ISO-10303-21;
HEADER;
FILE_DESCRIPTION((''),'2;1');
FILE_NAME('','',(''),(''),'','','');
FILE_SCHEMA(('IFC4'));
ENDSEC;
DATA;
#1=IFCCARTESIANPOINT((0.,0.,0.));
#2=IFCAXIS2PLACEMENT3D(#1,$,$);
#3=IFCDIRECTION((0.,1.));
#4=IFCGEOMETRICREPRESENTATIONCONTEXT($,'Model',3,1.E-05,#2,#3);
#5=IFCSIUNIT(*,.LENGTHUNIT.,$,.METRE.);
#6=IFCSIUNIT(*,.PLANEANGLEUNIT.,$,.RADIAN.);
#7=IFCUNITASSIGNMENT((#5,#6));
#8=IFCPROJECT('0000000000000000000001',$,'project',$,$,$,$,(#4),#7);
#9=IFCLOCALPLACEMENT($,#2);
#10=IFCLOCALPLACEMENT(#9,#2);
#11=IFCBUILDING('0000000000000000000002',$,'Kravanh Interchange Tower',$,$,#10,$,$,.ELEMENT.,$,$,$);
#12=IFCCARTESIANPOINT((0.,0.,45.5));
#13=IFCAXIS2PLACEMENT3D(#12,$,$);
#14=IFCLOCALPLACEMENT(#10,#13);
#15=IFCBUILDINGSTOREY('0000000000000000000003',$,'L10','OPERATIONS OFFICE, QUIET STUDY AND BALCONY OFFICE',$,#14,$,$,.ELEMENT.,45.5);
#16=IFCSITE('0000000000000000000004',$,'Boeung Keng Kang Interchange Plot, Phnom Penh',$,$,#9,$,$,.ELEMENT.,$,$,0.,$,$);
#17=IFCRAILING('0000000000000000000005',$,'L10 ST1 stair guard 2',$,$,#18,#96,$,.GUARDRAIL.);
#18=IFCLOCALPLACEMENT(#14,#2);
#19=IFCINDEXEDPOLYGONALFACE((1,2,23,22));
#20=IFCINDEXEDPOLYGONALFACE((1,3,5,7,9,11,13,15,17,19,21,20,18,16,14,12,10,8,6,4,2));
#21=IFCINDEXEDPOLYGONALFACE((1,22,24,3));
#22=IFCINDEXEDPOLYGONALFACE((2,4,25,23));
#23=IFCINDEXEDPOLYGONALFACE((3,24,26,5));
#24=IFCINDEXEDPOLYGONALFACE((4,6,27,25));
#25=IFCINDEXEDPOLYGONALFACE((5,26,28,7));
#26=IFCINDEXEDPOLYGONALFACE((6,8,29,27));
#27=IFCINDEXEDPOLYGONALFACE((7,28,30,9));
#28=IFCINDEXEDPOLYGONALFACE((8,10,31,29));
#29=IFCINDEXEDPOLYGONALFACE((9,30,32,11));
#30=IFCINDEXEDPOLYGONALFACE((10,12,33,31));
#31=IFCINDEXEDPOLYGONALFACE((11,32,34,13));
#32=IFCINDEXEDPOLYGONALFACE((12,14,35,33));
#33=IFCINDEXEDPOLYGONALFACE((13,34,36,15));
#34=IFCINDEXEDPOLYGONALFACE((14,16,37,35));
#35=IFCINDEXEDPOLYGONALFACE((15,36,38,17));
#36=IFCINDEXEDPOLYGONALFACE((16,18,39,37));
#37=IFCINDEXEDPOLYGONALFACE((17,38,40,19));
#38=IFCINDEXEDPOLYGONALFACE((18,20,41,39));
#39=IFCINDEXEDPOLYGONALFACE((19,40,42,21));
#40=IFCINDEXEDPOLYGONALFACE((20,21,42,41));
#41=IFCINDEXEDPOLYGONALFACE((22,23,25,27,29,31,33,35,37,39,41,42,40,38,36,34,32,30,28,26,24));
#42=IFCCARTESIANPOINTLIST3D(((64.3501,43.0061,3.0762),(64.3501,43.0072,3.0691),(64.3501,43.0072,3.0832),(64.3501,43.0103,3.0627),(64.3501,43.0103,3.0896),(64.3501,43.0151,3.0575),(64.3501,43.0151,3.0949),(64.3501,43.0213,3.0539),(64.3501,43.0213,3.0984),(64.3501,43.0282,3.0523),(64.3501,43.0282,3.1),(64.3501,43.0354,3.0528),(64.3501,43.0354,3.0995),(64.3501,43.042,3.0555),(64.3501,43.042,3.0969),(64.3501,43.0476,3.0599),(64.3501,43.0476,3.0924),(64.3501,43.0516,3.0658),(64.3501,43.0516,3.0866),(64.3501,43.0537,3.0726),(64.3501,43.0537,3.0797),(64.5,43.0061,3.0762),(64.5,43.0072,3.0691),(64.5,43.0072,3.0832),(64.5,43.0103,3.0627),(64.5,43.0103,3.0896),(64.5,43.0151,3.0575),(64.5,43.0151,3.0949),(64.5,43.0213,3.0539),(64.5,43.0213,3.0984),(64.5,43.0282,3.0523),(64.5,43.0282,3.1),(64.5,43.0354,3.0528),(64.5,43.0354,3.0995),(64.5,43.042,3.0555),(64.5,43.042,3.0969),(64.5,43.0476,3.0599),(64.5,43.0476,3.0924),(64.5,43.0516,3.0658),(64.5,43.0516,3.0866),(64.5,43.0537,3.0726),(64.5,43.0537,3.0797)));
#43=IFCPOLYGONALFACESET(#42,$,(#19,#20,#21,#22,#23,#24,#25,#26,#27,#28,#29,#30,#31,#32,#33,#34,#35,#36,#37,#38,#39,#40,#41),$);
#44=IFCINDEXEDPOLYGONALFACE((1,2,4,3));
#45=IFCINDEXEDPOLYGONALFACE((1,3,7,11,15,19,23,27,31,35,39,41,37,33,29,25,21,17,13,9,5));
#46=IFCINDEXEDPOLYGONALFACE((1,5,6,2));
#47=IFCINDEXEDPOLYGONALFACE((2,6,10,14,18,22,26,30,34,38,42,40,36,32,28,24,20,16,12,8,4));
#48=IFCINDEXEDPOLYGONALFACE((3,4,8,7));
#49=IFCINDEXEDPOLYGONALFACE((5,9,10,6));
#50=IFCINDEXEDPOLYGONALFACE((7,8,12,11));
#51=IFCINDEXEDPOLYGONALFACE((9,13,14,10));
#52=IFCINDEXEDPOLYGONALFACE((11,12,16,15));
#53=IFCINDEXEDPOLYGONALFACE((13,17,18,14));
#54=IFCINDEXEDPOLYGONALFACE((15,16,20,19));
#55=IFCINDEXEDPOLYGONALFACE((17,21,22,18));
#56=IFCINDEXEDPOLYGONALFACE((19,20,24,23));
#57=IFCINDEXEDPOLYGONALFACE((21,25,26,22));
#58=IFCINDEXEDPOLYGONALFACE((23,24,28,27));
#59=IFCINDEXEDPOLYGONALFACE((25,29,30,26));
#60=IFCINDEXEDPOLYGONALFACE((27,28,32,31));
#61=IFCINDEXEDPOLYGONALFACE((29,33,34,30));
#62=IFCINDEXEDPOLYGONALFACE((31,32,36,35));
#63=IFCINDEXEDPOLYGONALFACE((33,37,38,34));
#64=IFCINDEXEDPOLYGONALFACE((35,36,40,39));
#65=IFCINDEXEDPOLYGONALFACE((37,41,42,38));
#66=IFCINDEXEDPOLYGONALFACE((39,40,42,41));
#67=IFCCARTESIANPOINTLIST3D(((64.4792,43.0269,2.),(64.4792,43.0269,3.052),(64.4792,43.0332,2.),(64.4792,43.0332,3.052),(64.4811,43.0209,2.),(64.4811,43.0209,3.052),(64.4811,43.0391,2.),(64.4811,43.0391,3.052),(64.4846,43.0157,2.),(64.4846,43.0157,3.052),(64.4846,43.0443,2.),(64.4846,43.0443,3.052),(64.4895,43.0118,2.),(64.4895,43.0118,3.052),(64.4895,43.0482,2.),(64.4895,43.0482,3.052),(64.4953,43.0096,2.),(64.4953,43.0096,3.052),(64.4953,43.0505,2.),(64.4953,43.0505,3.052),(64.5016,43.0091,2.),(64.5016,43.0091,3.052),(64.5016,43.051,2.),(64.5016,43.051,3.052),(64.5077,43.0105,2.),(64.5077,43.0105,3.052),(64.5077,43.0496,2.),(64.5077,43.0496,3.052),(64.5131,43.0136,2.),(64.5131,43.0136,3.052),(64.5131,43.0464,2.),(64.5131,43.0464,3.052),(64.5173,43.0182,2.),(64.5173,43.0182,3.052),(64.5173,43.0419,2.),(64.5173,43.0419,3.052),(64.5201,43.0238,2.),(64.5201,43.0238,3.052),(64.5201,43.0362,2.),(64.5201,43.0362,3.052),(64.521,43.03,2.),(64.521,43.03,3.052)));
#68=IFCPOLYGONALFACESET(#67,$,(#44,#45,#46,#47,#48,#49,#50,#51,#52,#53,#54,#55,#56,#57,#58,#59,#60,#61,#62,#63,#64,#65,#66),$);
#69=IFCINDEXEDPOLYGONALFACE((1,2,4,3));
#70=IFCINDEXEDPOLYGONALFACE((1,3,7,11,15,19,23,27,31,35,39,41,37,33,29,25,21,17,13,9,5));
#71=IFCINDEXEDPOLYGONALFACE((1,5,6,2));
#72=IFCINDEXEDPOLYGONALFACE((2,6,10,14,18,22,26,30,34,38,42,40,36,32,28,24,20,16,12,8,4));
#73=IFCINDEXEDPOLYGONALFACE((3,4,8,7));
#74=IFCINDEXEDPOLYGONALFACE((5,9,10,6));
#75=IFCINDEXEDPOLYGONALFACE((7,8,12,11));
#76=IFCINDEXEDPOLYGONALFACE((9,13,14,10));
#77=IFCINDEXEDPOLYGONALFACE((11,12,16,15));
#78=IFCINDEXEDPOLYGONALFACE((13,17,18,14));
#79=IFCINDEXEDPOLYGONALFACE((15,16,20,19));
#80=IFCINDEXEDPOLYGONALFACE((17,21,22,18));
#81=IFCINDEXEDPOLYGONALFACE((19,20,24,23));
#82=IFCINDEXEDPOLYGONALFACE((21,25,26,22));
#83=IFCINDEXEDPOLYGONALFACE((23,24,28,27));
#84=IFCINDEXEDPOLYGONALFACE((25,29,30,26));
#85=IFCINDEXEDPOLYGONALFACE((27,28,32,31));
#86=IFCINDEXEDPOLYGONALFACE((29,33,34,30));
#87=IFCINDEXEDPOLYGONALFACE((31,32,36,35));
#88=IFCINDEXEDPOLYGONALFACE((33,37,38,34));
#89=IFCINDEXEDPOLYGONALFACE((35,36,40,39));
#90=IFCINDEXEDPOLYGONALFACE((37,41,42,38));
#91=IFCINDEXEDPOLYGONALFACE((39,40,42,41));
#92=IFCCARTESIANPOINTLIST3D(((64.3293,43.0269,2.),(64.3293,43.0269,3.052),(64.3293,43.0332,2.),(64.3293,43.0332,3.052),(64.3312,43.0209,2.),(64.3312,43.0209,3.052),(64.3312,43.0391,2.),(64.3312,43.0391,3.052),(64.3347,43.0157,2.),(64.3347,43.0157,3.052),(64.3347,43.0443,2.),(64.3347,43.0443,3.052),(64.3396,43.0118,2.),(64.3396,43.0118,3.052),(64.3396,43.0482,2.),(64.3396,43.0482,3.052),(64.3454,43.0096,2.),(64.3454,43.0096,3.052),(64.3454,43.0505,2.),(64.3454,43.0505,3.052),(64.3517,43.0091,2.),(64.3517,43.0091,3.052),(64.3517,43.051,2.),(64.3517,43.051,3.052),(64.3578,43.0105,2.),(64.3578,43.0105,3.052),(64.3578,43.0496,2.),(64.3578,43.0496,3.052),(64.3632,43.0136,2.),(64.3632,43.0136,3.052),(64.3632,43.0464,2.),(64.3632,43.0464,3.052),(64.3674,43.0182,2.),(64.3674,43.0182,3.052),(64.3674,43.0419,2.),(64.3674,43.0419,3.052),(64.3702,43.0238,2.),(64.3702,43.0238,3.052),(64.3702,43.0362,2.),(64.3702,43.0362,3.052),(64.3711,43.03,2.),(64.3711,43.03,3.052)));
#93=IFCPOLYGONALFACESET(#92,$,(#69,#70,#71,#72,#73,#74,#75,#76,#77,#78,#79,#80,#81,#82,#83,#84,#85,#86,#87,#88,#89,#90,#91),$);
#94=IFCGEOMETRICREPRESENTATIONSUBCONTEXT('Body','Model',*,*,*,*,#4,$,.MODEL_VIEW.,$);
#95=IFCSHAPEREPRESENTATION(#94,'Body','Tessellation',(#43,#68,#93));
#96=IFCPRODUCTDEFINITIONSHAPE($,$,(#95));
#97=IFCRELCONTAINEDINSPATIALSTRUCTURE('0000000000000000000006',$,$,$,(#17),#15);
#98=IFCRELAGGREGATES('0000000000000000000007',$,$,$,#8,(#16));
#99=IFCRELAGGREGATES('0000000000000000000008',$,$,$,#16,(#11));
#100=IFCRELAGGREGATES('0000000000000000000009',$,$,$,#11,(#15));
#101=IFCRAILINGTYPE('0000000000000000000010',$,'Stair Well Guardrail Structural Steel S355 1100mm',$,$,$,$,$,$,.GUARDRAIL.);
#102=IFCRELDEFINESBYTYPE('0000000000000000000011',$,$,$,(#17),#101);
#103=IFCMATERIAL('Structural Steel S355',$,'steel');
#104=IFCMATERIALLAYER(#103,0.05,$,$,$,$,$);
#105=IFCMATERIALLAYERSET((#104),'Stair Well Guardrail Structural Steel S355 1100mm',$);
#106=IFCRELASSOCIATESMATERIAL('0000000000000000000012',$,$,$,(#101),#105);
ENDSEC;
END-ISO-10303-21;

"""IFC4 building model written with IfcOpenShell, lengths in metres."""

from ifc_helpers import new_model, si_unit, direction, frame, origin, origin_2d, place, context, subcontext, project, spatial, circle, extrude, material, layer, layer_set, type_object, element, save


model = new_model("IFC4")

# Units and contexts
model_context = context("Model", 3, precision=1e-05, world=origin(), true_north=direction((0.0, 1.0)))
body_context = subcontext(model_context, "Body", "Model", "MODEL_VIEW")
ifc_project = project(units=[si_unit("LENGTHUNIT", "METRE"), si_unit("PLANEANGLEUNIT", "RADIAN")], contexts=[model_context])

# Site, building, storey
site_placement = place(None, origin())
site = spatial("IfcSite", under=ifc_project, at=site_placement, Name="Boeung Keng Kang Interchange Plot, Phnom Penh", CompositionType="ELEMENT", RefElevation=0.0)
building_placement = place(site_placement, origin())
building = spatial("IfcBuilding", under=site, at=building_placement, Name="Kravanh Interchange Tower", CompositionType="ELEMENT")
storey_placement = place(building_placement, frame((0.0, 0.0, 45.5)))
storey = spatial("IfcBuildingStorey", under=building, at=storey_placement, Name="L10", Description="OPERATIONS OFFICE, QUIET STUDY AND BALCONY OFFICE", CompositionType="ELEMENT", Elevation=45.5)

# Railing
ifc_material_1 = material(Name="Structural Steel S355", Category="steel")
ifc_layer_1 = layer(ifc_material_1, 0.05)
ifc_layer_set_1 = layer_set([ifc_layer_1], Name="Stair Well Guardrail Structural Steel S355 1100mm")
railing_type_1 = type_object("IfcRailingType", Name="Stair Well Guardrail Structural Steel S355 1100mm", PredefinedType="GUARDRAIL", material=ifc_layer_set_1)
railing_1_placement = place(storey_placement, frame((64.5, 43.03, 2.0)))
element("IfcRailing", 1, at=railing_1_placement, inside=storey, type_object=railing_type_1, Name="L10 ST1 stair guard 2", PredefinedType="GUARDRAIL", context=body_context, shape_type="SweptSolid", body=[
    extrude(circle(Radius=0.0239, at=origin_2d()), frame((0.0, 0.0, 1.0762), z_axis=(-1.0, 0.0, 0.0), x_axis=(0.0, -1.0, 0.0)), (0.0, 0.0, 1.0), 0.1499),
    extrude(circle(Radius=0.021, at=origin_2d()), origin(), (0.0, 0.0, 1.0), 1.052),
    extrude(circle(Radius=0.021, at=origin_2d()), frame((-0.1499, 0.0, 0.0)), (0.0, 0.0, 1.0), 1.052),
])

save(model, "model.ifc")
